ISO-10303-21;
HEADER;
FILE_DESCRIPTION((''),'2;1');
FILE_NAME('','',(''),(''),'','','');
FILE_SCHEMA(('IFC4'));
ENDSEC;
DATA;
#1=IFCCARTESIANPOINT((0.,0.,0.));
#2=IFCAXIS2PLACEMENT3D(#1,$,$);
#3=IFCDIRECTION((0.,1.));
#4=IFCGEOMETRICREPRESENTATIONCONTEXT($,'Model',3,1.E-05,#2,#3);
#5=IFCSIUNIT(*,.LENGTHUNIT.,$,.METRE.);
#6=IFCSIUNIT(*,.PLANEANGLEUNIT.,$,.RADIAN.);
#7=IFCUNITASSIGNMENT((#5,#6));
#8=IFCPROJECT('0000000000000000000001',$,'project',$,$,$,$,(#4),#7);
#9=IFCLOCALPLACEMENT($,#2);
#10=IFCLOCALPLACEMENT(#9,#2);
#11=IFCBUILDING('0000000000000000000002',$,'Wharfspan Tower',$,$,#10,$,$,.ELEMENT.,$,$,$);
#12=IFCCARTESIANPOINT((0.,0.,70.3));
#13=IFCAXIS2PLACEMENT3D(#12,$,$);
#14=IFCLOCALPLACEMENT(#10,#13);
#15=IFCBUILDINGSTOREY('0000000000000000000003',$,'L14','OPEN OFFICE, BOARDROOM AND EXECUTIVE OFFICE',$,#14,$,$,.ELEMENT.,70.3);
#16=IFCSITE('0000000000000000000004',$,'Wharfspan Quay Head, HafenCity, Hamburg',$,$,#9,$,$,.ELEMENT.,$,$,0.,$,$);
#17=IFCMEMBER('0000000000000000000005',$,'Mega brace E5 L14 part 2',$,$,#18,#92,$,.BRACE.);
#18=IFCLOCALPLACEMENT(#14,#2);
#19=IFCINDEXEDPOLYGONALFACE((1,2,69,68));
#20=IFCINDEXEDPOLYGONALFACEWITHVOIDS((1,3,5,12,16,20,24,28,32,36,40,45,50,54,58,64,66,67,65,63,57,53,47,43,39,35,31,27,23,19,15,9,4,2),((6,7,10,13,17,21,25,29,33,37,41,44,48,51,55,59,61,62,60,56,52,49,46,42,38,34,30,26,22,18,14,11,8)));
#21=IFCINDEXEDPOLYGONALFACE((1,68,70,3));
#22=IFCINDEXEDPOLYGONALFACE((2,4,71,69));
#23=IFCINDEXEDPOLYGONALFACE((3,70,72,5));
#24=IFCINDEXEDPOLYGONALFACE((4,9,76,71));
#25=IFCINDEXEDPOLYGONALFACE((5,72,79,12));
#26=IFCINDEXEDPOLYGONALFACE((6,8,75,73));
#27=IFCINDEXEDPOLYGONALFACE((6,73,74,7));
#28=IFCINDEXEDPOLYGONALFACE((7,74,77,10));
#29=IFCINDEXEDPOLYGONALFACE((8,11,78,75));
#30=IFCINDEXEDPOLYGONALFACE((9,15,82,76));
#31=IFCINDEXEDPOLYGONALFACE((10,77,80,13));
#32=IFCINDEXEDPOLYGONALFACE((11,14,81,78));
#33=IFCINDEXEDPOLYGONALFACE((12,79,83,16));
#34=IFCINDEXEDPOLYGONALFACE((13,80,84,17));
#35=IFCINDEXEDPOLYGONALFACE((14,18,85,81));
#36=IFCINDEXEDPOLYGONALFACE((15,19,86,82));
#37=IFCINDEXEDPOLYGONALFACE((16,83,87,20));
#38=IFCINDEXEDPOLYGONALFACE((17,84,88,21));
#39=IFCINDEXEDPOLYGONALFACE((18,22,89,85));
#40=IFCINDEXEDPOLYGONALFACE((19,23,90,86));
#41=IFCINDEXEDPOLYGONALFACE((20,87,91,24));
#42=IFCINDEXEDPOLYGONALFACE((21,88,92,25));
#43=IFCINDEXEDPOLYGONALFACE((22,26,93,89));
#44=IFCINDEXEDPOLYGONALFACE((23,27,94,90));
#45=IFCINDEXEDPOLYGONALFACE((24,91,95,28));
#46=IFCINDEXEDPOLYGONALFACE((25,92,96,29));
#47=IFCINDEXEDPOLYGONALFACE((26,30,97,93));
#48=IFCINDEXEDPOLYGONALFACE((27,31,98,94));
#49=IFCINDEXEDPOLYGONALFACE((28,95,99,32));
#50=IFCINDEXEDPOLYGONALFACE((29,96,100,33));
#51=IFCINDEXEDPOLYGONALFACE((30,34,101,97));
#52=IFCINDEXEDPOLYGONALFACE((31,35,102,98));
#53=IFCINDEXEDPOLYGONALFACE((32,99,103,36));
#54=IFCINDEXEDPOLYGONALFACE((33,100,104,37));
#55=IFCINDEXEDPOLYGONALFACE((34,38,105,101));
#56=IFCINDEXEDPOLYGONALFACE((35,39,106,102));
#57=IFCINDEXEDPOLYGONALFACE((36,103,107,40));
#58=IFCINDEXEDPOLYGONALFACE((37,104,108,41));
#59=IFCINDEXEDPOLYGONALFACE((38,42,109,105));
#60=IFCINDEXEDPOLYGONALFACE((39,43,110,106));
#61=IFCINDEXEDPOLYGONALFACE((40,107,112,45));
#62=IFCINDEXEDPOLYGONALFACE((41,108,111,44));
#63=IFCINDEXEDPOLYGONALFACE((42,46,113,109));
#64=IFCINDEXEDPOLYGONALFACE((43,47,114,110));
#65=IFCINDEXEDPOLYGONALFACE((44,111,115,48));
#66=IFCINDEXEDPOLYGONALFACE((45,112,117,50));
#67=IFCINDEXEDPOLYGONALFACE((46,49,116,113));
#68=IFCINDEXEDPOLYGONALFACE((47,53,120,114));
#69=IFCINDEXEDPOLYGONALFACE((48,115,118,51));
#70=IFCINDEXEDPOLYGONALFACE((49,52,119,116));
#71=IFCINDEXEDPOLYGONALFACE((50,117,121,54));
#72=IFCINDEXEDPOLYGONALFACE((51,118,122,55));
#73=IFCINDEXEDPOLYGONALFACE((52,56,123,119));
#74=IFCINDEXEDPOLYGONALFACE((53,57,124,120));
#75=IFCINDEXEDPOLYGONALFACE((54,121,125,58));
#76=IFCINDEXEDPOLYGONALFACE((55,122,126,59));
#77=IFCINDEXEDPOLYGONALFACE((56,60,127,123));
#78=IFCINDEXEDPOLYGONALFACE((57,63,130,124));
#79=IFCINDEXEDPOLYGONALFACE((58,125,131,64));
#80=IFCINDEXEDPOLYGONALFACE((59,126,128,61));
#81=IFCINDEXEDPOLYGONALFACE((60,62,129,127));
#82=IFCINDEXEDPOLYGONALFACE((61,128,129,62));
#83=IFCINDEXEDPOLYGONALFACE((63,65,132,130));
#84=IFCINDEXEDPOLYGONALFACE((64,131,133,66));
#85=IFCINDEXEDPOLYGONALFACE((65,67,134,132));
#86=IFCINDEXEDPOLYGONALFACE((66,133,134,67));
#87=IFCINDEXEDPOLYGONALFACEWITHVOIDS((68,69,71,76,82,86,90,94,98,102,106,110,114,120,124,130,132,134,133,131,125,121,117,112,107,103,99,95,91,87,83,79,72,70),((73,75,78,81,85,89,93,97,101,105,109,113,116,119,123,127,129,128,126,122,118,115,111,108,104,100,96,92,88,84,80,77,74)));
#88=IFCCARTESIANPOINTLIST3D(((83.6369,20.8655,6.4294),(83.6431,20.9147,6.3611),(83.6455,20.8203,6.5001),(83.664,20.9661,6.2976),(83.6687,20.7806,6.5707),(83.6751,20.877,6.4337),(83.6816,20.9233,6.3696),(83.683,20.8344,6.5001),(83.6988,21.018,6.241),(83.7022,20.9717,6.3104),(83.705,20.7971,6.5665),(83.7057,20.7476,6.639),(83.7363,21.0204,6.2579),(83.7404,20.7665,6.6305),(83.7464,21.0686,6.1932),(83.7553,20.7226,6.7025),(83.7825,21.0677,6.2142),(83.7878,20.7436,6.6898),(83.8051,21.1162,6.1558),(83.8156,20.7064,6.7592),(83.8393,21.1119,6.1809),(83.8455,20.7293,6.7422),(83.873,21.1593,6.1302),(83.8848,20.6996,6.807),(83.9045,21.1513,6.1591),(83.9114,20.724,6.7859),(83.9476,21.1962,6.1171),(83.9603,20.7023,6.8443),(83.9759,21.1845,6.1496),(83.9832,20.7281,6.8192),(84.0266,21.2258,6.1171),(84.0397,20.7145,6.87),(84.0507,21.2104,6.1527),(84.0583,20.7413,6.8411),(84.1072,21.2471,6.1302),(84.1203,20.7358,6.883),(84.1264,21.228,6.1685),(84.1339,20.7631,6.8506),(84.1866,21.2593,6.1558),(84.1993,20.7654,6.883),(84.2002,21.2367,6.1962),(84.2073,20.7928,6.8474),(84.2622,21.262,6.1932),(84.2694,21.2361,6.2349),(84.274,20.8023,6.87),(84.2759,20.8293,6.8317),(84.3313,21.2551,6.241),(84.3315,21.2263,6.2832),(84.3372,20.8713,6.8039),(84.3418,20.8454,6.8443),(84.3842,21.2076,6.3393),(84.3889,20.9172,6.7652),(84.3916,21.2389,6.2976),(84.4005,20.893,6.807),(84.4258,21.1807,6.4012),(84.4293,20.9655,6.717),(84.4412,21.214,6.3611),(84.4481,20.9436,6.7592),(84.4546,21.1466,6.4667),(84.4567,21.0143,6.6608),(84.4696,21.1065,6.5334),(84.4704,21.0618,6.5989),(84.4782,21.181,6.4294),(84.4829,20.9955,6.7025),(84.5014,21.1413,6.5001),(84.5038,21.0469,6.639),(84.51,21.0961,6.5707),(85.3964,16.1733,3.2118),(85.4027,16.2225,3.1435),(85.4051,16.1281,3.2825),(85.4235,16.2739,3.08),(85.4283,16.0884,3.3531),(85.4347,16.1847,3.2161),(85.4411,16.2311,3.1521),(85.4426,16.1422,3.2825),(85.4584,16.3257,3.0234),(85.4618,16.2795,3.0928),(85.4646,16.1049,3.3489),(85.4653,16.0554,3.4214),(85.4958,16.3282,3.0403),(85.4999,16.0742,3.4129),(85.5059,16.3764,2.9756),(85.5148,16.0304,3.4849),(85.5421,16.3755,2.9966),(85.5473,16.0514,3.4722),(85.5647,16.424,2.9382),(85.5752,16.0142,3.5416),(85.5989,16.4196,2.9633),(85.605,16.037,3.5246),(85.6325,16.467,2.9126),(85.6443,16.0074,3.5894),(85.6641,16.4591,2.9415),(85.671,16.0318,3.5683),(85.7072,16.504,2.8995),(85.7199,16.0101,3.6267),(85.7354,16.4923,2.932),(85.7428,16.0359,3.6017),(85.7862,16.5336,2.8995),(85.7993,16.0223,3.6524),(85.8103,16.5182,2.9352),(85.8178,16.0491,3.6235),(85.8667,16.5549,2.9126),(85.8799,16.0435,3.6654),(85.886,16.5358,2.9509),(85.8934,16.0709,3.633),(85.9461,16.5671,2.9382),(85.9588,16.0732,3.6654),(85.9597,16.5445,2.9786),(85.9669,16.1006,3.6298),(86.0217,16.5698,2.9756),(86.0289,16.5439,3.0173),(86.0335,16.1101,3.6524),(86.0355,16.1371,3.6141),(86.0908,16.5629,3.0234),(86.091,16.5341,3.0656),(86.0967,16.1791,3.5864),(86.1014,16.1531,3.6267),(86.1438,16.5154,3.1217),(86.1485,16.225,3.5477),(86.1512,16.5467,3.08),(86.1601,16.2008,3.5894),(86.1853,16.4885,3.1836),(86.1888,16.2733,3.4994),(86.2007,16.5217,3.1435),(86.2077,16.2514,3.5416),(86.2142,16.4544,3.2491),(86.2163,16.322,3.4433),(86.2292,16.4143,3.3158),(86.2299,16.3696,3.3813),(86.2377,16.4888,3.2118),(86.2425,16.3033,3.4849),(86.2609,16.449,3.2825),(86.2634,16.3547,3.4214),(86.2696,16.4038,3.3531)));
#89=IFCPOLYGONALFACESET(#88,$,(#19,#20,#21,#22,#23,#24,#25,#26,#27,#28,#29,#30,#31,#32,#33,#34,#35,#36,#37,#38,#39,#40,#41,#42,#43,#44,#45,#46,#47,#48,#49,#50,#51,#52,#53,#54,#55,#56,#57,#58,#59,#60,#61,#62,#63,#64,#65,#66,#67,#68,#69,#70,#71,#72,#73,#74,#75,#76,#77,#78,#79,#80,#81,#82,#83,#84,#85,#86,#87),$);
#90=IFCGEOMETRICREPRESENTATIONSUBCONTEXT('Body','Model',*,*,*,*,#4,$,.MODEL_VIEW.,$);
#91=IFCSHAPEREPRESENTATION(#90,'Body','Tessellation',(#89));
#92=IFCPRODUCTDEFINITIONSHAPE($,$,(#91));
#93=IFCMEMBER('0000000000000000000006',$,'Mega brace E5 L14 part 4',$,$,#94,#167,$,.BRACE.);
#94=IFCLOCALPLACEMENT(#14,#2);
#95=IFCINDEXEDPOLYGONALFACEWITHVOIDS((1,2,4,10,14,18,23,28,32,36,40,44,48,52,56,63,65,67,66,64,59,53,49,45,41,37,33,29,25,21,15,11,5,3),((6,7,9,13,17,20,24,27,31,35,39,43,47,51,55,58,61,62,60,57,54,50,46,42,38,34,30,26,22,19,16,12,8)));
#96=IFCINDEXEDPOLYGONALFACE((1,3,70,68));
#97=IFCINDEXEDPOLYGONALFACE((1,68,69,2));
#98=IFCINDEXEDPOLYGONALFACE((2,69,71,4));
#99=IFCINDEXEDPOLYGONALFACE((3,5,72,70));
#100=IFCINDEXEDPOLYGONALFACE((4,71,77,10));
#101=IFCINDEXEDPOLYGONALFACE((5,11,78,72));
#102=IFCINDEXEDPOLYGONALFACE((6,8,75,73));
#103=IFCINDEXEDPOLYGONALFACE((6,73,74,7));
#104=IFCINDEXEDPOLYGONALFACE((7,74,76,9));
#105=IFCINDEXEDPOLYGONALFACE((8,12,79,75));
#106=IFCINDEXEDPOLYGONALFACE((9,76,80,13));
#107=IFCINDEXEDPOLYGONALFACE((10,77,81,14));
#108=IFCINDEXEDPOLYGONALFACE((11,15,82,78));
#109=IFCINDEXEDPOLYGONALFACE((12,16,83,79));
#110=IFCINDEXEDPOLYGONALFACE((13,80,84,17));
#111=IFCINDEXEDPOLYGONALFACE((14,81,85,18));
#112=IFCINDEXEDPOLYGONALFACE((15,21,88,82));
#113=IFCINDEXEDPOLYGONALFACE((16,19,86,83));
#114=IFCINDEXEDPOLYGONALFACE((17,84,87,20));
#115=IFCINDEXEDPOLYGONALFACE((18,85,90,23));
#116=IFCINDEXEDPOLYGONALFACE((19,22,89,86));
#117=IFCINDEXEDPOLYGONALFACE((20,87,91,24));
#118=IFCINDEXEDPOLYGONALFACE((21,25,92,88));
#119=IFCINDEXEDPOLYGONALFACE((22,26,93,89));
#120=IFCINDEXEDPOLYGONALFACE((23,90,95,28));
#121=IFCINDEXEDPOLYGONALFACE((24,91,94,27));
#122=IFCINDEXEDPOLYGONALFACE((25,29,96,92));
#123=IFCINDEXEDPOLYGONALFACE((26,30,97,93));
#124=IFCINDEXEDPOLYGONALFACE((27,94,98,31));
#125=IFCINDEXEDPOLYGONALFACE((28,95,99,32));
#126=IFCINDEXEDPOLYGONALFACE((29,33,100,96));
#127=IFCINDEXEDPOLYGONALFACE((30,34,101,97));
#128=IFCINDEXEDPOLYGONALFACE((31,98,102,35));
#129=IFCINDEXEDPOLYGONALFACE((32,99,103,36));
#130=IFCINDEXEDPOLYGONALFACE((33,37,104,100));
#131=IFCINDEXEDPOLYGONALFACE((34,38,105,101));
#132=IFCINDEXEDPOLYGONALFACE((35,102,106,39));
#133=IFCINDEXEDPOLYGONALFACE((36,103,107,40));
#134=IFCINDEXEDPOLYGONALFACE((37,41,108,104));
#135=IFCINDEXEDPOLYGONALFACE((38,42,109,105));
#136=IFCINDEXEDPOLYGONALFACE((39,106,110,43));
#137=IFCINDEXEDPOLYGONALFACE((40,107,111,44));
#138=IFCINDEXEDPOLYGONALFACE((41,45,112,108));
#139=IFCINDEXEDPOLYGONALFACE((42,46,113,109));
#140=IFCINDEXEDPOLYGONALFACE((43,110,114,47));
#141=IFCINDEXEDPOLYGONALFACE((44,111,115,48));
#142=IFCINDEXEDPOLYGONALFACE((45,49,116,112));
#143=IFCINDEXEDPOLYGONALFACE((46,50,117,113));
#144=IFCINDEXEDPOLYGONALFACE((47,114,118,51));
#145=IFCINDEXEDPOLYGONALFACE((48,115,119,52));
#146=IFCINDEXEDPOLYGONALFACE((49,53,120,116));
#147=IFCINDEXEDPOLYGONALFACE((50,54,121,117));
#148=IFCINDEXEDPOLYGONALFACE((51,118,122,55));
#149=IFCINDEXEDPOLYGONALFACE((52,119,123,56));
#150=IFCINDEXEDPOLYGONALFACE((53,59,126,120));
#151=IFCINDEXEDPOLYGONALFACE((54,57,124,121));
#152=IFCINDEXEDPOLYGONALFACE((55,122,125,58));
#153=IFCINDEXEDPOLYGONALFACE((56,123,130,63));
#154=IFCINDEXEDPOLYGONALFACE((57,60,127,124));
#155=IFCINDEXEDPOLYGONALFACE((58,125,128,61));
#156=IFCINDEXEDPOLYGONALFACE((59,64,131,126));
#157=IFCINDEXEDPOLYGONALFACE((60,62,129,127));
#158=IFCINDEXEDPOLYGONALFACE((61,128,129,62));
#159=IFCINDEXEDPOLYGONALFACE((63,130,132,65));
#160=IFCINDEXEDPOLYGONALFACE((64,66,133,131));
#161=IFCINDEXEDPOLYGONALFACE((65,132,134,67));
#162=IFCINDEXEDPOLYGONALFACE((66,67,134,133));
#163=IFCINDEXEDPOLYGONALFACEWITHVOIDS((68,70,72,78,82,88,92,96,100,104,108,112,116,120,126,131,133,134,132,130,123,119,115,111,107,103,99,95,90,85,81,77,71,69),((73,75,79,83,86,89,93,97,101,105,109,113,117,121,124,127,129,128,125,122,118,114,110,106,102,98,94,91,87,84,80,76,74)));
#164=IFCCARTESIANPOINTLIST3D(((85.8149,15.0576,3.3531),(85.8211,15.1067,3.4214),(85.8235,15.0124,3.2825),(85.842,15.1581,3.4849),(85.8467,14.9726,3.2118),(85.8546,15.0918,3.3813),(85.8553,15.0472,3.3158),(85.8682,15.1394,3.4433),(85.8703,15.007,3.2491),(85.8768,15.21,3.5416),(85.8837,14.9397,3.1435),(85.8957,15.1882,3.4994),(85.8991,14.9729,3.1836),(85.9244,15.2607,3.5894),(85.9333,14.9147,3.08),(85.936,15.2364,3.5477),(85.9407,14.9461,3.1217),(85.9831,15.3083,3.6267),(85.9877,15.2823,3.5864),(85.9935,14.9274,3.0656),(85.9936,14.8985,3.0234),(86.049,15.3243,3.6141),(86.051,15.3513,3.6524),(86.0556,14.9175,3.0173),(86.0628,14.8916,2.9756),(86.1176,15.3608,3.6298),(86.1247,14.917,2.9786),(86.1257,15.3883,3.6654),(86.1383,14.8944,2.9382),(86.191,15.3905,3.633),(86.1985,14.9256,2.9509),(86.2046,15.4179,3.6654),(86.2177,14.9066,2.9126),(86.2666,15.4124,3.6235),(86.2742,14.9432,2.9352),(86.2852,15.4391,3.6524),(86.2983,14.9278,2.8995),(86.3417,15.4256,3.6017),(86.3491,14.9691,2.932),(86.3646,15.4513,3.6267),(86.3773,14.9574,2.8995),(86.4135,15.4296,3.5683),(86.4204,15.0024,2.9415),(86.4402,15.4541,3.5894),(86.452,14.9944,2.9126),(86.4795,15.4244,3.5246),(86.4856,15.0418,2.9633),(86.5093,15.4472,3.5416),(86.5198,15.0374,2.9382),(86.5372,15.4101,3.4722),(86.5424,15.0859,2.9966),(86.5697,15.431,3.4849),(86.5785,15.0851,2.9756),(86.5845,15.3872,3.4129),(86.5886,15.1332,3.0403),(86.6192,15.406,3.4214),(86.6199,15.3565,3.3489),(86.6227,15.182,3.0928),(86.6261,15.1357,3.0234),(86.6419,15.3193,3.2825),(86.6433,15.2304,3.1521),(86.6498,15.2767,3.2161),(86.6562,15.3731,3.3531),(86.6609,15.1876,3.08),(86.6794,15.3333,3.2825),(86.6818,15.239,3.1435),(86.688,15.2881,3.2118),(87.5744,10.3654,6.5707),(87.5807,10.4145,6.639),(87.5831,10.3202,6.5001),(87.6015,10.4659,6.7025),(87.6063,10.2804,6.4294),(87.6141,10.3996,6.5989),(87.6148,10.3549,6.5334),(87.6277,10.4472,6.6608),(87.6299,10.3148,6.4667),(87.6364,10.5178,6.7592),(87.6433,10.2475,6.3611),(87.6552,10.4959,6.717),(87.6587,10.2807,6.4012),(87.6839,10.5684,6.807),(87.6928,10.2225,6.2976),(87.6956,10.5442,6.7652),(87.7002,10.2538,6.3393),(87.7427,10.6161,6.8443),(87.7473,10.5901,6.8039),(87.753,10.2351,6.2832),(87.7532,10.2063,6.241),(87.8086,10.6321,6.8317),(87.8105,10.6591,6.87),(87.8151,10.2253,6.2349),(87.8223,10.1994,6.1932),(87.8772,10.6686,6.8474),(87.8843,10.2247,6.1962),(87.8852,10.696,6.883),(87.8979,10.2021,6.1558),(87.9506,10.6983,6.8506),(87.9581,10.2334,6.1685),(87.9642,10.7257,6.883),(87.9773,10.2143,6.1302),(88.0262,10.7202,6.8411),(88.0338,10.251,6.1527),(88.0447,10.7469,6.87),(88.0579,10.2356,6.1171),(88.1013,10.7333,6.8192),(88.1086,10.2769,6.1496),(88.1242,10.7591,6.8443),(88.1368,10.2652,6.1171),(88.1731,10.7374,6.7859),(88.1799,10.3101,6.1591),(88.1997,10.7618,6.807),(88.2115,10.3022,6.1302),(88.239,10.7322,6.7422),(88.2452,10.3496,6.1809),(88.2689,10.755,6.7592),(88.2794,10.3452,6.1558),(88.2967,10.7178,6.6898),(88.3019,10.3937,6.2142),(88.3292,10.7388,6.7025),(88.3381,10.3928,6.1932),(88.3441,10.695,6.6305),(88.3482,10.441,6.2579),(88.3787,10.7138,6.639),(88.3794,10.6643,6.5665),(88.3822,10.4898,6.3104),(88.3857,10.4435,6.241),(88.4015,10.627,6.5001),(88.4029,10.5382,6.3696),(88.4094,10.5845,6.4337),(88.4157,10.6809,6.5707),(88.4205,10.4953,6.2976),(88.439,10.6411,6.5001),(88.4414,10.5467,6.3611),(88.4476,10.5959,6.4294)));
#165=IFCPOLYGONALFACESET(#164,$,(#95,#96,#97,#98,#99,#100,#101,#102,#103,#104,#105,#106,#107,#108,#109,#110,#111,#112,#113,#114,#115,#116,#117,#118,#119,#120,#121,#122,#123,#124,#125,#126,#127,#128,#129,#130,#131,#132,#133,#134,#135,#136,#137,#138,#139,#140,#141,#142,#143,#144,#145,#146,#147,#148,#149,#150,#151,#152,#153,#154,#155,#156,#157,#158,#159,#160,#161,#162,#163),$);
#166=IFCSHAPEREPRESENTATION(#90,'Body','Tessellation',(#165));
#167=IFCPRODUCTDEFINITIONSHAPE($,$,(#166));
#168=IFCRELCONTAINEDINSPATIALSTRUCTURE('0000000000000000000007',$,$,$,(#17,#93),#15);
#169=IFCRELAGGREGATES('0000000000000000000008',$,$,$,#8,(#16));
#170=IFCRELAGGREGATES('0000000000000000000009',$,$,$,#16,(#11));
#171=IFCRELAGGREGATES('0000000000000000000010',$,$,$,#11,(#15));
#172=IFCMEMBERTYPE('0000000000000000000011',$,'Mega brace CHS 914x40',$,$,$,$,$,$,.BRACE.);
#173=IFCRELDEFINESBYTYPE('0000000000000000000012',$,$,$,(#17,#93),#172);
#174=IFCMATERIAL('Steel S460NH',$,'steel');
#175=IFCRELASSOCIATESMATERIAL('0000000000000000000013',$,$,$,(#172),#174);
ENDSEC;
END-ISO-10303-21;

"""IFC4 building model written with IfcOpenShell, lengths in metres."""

from ifc_helpers import new_model, si_unit, direction, frame, origin, origin_2d, place, context, subcontext, project, spatial, hollow_circle, extrude, material, material_profile, profile_set, type_object, element, save


model = new_model("IFC4")

# Units and contexts
model_context = context("Model", 3, precision=1e-05, world=origin(), true_north=direction((0.0, 1.0)))
body_context = subcontext(model_context, "Body", "Model", "MODEL_VIEW")
ifc_project = project(units=[si_unit("LENGTHUNIT", "METRE"), si_unit("PLANEANGLEUNIT", "RADIAN")], contexts=[model_context])

# Site, building, storey
site_placement = place(None, origin())
site = spatial("IfcSite", under=ifc_project, at=site_placement, Name="Wharfspan Quay Head, HafenCity, Hamburg", CompositionType="ELEMENT", RefElevation=0.0)
building_placement = place(site_placement, origin())
building = spatial("IfcBuilding", under=site, at=building_placement, Name="Wharfspan Tower", CompositionType="ELEMENT")
storey_placement = place(building_placement, frame((0.0, 0.0, 70.3)))
storey = spatial("IfcBuildingStorey", under=building, at=storey_placement, Name="L14", Description="OPEN OFFICE, BOARDROOM AND EXECUTIVE OFFICE", CompositionType="ELEMENT", Elevation=70.3)

# Members
ifc_material_1 = material(Name="Steel S460NH", Category="steel")
ifc_material_profile_1 = material_profile(ifc_material_1, hollow_circle(Radius=0.457, WallThickness=0.04, at=origin_2d()))
ifc_profile_set_1 = profile_set([ifc_material_profile_1], Name="Steel S460NH")
member_type_1 = type_object("IfcMemberType", Name="Mega brace CHS 914x40", PredefinedType="BRACE", material=ifc_profile_set_1)
for number, where, z_axis, x_axis, name in (
    (1, (85.833, 16.2886, 3.2825), (-0.295459, 0.787904, 0.540288), (-0.936328, -0.351115, -0.000003), "Mega brace E5 L14 part 2"),
    (2, (86.2515, 15.1729, 3.2825), (0.295459, -0.787904, 0.540288), (0.936328, 0.351115, -0.000003), "Mega brace E5 L14 part 4"),
):
    element("IfcMember", number, at=place(storey_placement, frame(where, z_axis=z_axis, x_axis=x_axis)), inside=storey, type_object=member_type_1, Name=name, PredefinedType="BRACE", context=body_context, shape_type="SweptSolid", body=[
        extrude(hollow_circle(Radius=0.457, WallThickness=0.04, at=origin_2d()), origin(), (0.0, 0.0, 1.0), 5.9553),
    ])

save(model, "model.ifc")
